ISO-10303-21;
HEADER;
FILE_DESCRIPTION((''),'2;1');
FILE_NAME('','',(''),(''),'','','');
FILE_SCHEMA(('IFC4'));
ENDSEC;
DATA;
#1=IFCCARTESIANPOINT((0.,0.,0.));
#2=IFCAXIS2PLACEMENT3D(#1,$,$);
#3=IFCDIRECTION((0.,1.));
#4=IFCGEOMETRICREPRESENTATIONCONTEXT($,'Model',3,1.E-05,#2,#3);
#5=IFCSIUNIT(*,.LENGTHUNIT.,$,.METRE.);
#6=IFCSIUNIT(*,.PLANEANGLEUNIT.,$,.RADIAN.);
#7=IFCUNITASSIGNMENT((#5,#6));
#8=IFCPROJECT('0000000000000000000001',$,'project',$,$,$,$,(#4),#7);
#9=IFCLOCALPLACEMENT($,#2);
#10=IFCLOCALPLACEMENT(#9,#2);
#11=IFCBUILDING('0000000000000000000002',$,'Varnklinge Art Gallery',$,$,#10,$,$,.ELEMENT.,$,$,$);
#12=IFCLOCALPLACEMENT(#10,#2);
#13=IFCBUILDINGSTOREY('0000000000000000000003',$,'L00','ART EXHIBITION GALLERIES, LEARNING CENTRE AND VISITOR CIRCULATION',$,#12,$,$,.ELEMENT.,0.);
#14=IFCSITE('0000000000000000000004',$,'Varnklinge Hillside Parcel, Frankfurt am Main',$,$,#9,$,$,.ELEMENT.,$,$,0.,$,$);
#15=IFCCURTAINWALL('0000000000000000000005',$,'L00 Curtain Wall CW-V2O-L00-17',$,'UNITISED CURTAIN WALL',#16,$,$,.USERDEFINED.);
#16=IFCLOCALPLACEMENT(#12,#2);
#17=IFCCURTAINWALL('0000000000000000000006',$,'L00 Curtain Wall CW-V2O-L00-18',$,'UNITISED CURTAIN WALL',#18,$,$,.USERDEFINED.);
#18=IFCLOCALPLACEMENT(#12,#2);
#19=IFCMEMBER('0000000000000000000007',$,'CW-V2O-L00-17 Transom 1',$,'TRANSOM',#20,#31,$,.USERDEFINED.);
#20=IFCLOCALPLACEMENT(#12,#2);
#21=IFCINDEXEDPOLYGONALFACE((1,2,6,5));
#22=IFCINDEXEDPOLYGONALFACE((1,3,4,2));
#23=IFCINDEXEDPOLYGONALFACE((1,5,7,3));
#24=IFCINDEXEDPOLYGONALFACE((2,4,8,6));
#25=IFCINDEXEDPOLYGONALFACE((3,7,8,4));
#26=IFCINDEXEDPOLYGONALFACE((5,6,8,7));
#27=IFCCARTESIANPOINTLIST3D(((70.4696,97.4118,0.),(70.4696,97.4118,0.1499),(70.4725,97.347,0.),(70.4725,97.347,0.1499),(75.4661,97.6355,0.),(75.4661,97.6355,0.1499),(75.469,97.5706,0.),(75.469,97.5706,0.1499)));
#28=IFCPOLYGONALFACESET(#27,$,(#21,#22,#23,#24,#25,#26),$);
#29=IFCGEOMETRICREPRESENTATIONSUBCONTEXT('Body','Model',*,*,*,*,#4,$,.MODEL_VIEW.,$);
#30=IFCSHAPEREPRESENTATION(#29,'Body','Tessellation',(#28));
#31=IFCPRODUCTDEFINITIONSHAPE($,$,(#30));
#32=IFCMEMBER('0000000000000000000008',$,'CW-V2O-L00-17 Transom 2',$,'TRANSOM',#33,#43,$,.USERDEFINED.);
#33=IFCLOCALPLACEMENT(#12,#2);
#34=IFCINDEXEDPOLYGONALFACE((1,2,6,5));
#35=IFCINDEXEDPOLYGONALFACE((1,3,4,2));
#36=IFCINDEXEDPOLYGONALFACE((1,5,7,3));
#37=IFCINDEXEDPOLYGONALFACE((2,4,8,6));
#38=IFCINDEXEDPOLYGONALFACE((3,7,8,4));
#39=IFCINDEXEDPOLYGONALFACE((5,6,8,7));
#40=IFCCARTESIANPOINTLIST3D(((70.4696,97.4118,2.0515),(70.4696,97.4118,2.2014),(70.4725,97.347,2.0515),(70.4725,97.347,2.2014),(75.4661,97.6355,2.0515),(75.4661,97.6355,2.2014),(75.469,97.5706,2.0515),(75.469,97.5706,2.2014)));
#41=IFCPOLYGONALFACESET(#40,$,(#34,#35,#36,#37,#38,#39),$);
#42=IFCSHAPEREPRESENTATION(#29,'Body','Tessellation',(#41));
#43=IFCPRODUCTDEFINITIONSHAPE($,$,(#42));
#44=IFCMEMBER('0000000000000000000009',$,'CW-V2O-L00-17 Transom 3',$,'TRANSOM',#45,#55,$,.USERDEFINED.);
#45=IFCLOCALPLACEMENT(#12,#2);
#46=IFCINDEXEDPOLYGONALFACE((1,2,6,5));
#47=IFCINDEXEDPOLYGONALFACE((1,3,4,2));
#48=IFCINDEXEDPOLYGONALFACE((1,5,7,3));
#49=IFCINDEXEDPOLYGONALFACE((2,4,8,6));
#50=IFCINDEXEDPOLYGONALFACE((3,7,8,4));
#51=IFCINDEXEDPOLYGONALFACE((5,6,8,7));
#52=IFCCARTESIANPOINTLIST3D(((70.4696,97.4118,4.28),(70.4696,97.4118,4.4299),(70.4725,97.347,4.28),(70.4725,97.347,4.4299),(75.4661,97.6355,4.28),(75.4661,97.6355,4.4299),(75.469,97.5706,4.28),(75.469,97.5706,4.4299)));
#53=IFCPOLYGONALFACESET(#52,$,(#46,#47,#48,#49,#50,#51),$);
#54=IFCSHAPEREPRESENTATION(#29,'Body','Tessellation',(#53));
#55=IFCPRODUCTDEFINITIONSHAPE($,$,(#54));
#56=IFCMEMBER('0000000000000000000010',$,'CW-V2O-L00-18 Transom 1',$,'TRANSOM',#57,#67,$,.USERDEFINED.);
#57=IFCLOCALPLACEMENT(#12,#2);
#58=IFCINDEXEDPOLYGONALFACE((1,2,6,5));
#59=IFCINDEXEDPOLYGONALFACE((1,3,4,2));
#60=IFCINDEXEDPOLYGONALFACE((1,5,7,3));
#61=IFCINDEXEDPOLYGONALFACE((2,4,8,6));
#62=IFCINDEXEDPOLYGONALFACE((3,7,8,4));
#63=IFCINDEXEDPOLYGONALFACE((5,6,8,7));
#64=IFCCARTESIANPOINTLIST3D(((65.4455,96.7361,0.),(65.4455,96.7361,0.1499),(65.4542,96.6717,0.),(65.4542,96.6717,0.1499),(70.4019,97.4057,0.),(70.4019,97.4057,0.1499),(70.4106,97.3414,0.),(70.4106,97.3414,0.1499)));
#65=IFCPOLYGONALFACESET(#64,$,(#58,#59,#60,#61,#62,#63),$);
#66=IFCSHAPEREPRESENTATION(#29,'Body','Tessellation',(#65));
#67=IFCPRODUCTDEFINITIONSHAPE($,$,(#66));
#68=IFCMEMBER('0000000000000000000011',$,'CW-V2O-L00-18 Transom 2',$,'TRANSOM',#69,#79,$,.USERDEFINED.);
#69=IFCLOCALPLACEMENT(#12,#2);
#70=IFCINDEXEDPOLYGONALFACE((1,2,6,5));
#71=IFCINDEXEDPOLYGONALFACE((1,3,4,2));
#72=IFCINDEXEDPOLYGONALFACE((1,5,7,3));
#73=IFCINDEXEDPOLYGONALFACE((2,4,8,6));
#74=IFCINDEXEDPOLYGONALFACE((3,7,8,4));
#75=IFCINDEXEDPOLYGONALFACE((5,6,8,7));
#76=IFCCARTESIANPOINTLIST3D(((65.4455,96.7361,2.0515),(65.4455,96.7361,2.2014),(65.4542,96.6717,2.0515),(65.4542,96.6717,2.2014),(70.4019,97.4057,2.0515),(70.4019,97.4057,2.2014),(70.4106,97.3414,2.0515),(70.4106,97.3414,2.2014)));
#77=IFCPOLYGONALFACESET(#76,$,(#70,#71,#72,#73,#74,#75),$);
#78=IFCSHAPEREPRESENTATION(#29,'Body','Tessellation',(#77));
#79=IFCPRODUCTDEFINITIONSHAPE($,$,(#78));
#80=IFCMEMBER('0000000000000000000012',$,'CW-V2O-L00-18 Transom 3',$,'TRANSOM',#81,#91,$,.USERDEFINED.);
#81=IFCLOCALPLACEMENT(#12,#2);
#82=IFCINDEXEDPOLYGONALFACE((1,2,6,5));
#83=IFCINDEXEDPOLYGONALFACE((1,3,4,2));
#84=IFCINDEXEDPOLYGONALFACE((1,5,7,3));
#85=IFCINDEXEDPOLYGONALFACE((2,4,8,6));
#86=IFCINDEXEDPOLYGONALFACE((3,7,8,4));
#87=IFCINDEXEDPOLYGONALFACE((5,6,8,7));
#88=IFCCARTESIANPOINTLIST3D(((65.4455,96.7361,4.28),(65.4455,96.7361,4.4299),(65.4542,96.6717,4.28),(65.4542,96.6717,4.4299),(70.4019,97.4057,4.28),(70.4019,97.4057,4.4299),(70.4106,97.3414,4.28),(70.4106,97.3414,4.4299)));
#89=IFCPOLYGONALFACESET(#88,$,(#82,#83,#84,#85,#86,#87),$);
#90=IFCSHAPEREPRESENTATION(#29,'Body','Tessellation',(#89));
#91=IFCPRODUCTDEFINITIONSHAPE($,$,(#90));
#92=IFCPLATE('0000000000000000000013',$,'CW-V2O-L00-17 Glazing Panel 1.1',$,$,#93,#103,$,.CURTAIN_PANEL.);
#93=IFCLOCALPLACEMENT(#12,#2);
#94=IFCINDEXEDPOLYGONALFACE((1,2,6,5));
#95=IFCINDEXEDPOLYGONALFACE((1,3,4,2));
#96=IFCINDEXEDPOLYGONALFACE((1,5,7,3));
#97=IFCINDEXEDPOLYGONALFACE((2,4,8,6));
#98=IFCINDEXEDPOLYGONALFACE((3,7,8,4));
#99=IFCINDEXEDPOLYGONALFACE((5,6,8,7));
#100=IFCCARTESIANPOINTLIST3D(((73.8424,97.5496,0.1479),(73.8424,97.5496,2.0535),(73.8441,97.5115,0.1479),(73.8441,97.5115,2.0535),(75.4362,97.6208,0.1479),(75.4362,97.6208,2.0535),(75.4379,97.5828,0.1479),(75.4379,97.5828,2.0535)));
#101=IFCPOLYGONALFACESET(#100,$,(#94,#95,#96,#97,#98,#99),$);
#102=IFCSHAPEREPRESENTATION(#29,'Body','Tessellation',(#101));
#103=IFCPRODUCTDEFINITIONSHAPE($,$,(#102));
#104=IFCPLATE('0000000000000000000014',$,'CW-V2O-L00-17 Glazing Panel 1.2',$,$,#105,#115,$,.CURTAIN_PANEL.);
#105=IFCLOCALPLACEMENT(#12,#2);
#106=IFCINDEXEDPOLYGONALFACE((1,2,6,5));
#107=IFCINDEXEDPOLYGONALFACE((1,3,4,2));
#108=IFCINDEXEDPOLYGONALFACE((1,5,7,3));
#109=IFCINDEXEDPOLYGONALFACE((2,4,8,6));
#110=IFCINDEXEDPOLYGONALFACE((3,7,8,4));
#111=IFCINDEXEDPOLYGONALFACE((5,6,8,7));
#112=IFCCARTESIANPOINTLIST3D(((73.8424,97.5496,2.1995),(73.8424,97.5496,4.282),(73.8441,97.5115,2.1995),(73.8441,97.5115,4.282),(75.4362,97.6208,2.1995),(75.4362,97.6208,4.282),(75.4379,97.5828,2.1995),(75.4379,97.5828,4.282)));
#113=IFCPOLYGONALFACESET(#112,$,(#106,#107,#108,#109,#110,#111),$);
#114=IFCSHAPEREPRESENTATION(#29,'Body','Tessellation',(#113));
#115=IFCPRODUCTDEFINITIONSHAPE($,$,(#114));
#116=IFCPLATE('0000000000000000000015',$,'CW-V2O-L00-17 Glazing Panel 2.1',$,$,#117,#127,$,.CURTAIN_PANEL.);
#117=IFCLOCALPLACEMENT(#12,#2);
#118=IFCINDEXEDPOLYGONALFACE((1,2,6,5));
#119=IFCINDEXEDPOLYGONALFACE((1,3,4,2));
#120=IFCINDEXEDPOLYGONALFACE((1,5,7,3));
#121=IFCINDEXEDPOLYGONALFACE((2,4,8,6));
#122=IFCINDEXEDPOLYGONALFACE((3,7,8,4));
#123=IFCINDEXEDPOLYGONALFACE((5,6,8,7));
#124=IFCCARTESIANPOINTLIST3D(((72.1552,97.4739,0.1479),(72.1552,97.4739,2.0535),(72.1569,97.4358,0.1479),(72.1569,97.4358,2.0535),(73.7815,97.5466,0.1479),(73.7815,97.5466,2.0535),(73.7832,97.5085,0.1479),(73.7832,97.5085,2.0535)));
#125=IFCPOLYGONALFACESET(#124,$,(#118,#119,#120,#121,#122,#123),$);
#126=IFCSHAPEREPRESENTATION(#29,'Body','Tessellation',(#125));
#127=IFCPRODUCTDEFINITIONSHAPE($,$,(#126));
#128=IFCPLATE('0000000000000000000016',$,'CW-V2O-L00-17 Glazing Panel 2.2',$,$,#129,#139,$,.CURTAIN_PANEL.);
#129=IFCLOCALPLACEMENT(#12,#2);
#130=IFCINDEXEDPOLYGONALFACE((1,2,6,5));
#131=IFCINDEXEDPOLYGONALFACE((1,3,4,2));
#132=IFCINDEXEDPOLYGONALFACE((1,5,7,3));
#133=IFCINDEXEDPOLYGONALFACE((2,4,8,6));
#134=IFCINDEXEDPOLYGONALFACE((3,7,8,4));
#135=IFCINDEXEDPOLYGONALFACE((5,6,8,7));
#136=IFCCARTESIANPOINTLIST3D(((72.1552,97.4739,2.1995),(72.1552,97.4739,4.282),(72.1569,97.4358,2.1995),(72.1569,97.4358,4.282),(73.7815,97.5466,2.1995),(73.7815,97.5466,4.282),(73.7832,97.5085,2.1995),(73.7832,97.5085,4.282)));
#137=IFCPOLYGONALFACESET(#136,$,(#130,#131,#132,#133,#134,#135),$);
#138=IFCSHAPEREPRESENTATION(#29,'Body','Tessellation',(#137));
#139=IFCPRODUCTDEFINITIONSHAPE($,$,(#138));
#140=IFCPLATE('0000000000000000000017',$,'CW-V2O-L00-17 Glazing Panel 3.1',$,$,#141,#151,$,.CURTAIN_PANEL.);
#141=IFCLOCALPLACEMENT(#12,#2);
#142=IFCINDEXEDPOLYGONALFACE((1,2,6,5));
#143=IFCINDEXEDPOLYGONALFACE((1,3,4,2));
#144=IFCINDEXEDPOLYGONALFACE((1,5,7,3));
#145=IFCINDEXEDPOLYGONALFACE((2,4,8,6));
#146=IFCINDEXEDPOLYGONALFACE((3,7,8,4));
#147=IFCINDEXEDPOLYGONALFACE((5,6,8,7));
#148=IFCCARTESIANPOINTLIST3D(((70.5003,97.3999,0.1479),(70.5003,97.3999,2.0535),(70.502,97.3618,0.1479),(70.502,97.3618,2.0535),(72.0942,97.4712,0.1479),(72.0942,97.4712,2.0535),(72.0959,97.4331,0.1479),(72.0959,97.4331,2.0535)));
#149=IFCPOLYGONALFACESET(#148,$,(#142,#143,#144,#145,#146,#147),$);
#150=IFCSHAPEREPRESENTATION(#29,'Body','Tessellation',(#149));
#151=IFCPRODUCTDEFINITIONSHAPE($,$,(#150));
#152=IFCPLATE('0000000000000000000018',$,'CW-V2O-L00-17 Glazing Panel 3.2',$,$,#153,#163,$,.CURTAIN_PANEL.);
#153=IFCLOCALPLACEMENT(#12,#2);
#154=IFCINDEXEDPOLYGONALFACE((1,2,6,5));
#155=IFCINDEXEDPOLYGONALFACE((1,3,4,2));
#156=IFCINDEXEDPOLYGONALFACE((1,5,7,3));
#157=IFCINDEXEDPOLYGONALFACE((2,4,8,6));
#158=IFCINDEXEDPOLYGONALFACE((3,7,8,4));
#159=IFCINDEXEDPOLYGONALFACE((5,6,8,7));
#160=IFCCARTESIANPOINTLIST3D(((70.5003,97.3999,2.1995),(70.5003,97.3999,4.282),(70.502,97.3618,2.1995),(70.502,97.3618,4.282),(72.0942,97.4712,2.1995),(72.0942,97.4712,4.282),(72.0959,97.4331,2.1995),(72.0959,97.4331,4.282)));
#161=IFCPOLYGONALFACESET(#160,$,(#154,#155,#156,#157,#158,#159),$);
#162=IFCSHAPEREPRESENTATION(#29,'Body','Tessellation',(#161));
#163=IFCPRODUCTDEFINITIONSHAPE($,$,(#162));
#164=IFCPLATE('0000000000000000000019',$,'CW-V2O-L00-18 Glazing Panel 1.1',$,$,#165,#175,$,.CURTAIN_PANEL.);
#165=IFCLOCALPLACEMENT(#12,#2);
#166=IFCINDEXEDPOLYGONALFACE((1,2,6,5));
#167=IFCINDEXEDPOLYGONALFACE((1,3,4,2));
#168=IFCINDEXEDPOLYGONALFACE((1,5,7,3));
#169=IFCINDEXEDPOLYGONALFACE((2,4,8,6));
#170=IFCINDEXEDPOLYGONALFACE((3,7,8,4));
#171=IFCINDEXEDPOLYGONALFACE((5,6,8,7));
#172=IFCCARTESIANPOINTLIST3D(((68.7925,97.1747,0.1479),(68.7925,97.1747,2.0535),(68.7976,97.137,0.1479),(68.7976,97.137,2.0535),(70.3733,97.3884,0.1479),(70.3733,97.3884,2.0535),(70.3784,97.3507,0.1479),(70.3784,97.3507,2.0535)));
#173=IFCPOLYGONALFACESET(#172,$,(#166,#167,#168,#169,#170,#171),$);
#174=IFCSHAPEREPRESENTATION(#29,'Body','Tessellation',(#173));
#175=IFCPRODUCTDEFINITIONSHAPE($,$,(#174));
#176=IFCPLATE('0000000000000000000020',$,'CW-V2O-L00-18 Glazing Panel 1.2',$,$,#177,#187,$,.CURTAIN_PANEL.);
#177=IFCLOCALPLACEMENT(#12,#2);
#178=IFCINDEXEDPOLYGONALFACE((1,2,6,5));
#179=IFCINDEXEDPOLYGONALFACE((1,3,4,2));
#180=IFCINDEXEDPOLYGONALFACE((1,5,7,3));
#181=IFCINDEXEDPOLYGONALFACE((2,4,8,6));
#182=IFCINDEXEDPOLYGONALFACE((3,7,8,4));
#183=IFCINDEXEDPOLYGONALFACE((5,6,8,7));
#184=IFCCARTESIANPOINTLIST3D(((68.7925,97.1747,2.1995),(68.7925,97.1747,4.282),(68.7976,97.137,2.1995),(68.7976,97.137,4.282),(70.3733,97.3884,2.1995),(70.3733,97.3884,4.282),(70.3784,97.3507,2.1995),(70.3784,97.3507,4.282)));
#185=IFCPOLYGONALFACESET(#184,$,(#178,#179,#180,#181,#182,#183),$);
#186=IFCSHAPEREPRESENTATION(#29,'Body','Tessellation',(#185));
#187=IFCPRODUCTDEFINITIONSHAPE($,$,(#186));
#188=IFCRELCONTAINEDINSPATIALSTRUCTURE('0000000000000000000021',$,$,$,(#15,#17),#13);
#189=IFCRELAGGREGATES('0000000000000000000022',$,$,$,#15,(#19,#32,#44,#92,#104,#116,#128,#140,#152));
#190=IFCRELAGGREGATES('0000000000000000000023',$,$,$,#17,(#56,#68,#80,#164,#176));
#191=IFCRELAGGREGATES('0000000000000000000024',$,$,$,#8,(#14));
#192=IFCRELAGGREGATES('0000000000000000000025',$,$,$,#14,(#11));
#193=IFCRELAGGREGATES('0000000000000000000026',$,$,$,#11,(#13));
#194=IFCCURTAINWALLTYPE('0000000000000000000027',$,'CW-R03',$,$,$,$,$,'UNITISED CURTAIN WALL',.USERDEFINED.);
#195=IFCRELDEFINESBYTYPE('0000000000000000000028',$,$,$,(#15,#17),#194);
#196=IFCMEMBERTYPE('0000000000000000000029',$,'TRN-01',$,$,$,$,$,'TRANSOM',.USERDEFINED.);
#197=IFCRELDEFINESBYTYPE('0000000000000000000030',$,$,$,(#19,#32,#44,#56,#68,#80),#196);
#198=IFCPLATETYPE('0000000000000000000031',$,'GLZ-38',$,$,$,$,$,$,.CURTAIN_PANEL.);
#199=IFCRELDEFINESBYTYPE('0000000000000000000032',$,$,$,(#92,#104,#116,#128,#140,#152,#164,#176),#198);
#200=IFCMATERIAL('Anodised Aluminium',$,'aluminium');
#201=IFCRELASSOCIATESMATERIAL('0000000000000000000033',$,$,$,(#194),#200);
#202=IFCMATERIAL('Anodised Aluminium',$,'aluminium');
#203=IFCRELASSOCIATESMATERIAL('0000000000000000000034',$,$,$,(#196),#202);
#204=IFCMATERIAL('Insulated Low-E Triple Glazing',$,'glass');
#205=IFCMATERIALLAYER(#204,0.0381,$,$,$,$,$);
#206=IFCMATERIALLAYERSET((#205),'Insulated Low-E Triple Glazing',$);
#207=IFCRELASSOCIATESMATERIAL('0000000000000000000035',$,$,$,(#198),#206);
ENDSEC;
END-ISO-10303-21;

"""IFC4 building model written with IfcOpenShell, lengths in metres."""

from ifc_helpers import new_model, si_unit, direction, frame, origin, origin_2d, place, context, subcontext, project, spatial, rectangle, extrude, material, layer, layer_set, material_profile, profile_set, type_object, element, aggregate, save


model = new_model("IFC4")

# Units and contexts
model_context = context("Model", 3, precision=1e-05, world=origin(), true_north=direction((0.0, 1.0)))
body_context = subcontext(model_context, "Body", "Model", "MODEL_VIEW")
ifc_project = project(units=[si_unit("LENGTHUNIT", "METRE"), si_unit("PLANEANGLEUNIT", "RADIAN")], contexts=[model_context])

# Site, building, storey
site_placement = place(None, origin())
site = spatial("IfcSite", under=ifc_project, at=site_placement, Name="Varnklinge Hillside Parcel, Frankfurt am Main", CompositionType="ELEMENT", RefElevation=0.0)
building_placement = place(site_placement, origin())
building = spatial("IfcBuilding", under=site, at=building_placement, Name="Varnklinge Art Gallery", CompositionType="ELEMENT")
storey_placement = place(building_placement, origin())
storey = spatial("IfcBuildingStorey", under=building, at=storey_placement, Name="L00", Description="ART EXHIBITION GALLERIES, LEARNING CENTRE AND VISITOR CIRCULATION", CompositionType="ELEMENT", Elevation=0.0)

# Shared definitions
ifc_material_1 = material(Name="Anodised Aluminium", Category="aluminium")
curtain_wall_type = type_object("IfcCurtainWallType", Name="CW-R03", ElementType="UNITISED CURTAIN WALL", PredefinedType="USERDEFINED", material=ifc_material_1)

# Curtain wall
curtain_wall_1_placement = place(storey_placement, origin())
curtain_wall_1 = element("IfcCurtainWall", 1, at=curtain_wall_1_placement, inside=storey, type_object=curtain_wall_type, Name="L00 Curtain Wall CW-V2O-L00-17", ObjectType="UNITISED CURTAIN WALL", PredefinedType="USERDEFINED")

# Curtain wall
curtain_wall_2_placement = place(storey_placement, origin())
curtain_wall_2 = element("IfcCurtainWall", 2, at=curtain_wall_2_placement, inside=storey, type_object=curtain_wall_type, Name="L00 Curtain Wall CW-V2O-L00-18", ObjectType="UNITISED CURTAIN WALL", PredefinedType="USERDEFINED")

# Members
ifc_material_2 = material(Name="Anodised Aluminium", Category="aluminium")
ifc_material_profile_1 = material_profile(ifc_material_2, rectangle(XDim=0.0649, YDim=0.1499, at=origin_2d()), Name="ALU 65x150")
ifc_profile_set_1 = profile_set([ifc_material_profile_1], Name="Anodised Aluminium")
member_type_1 = type_object("IfcMemberType", Name="TRN-01", ElementType="TRANSOM", PredefinedType="USERDEFINED", material=ifc_profile_set_1)
member_1_placement = place(storey_placement, frame((75.4675, 97.603, 0.075), z_axis=(-0.999, -0.044712, 0.0), x_axis=(0.044712, -0.999, 0.0)))
member_1 = element("IfcMember", 3, at=member_1_placement, type_object=member_type_1, Name="CW-V2O-L00-17 Transom 1", ObjectType="TRANSOM", PredefinedType="USERDEFINED", context=body_context, shape_type="SweptSolid", body=[
    extrude(rectangle(XDim=0.0649, YDim=0.1499, at=origin_2d()), origin(), (0.0, 0.0, 1.0), 5.0015),
])
member_2_placement = place(storey_placement, frame((75.4675, 97.603, 2.1265), z_axis=(-0.999, -0.044712, 0.0), x_axis=(0.044712, -0.999, 0.0)))
member_2 = element("IfcMember", 4, at=member_2_placement, type_object=member_type_1, Name="CW-V2O-L00-17 Transom 2", ObjectType="TRANSOM", PredefinedType="USERDEFINED", context=body_context, shape_type="SweptSolid", body=[
    extrude(rectangle(XDim=0.0649, YDim=0.1499, at=origin_2d()), origin(), (0.0, 0.0, 1.0), 5.0015),
])
member_3_placement = place(storey_placement, frame((75.4675, 97.603, 4.355), z_axis=(-0.999, -0.044712, 0.0), x_axis=(0.044712, -0.999, 0.0)))
member_3 = element("IfcMember", 5, at=member_3_placement, type_object=member_type_1, Name="CW-V2O-L00-17 Transom 3", ObjectType="TRANSOM", PredefinedType="USERDEFINED", context=body_context, shape_type="SweptSolid", body=[
    extrude(rectangle(XDim=0.0649, YDim=0.1499, at=origin_2d()), origin(), (0.0, 0.0, 1.0), 5.0015),
])
member_4_placement = place(storey_placement, frame((70.4062, 97.3735, 0.075), z_axis=(-0.990996, -0.133893, 0.0), x_axis=(0.133893, -0.990996, 0.0)))
member_4 = element("IfcMember", 6, at=member_4_placement, type_object=member_type_1, Name="CW-V2O-L00-18 Transom 1", ObjectType="TRANSOM", PredefinedType="USERDEFINED", context=body_context, shape_type="SweptSolid", body=[
    extrude(rectangle(XDim=0.0649, YDim=0.1499, at=origin_2d()), origin(), (0.0, 0.0, 1.0), 5.0015),
])
member_5_placement = place(storey_placement, frame((70.4062, 97.3735, 2.1265), z_axis=(-0.990996, -0.133893, 0.0), x_axis=(0.133893, -0.990996, 0.0)))
member_5 = element("IfcMember", 7, at=member_5_placement, type_object=member_type_1, Name="CW-V2O-L00-18 Transom 2", ObjectType="TRANSOM", PredefinedType="USERDEFINED", context=body_context, shape_type="SweptSolid", body=[
    extrude(rectangle(XDim=0.0649, YDim=0.1499, at=origin_2d()), origin(), (0.0, 0.0, 1.0), 5.0015),
])
member_6_placement = place(storey_placement, frame((70.4062, 97.3735, 4.355), z_axis=(-0.990996, -0.133893, 0.0), x_axis=(0.133893, -0.990996, 0.0)))
member_6 = element("IfcMember", 8, at=member_6_placement, type_object=member_type_1, Name="CW-V2O-L00-18 Transom 3", ObjectType="TRANSOM", PredefinedType="USERDEFINED", context=body_context, shape_type="SweptSolid", body=[
    extrude(rectangle(XDim=0.0649, YDim=0.1499, at=origin_2d()), origin(), (0.0, 0.0, 1.0), 5.0015),
])

# Plates
ifc_material_3 = material(Name="Insulated Low-E Triple Glazing", Category="glass")
ifc_layer = layer(ifc_material_3, 0.0381)
ifc_layer_set = layer_set([ifc_layer], Name="Insulated Low-E Triple Glazing")
plate_type = type_object("IfcPlateType", Name="GLZ-38", PredefinedType="CURTAIN_PANEL", material=ifc_layer_set)
plate_1_placement = place(storey_placement, frame((74.6401, 97.5662, 0.1479), z_axis=(0.0, 0.0, 1.0), x_axis=(-0.999002, -0.044666, 0.0)))
plate_1 = element("IfcPlate", 9, at=plate_1_placement, type_object=plate_type, Name="CW-V2O-L00-17 Glazing Panel 1.1", PredefinedType="CURTAIN_PANEL", context=body_context, shape_type="SweptSolid", body=[
    extrude(rectangle(XDim=1.5955, YDim=0.0381, at=origin_2d()), origin(), (0.0, 0.0, 1.0), 1.9055),
])
plate_2_placement = place(storey_placement, frame((74.6401, 97.5662, 2.1995), z_axis=(0.0, 0.0, 1.0), x_axis=(-0.999002, -0.044666, 0.0)))
plate_2 = element("IfcPlate", 10, at=plate_2_placement, type_object=plate_type, Name="CW-V2O-L00-17 Glazing Panel 1.2", PredefinedType="CURTAIN_PANEL", context=body_context, shape_type="SweptSolid", body=[
    extrude(rectangle(XDim=1.5955, YDim=0.0381, at=origin_2d()), origin(), (0.0, 0.0, 1.0), 2.0825),
])
plate_3_placement = place(storey_placement, frame((72.9692, 97.4912, 0.1479), z_axis=(0.0, 0.0, 1.0), x_axis=(-0.999002, -0.044666, 0.0)))
plate_3 = element("IfcPlate", 11, at=plate_3_placement, type_object=plate_type, Name="CW-V2O-L00-17 Glazing Panel 2.1", PredefinedType="CURTAIN_PANEL", context=body_context, shape_type="SweptSolid", body=[
    extrude(rectangle(XDim=1.6279, YDim=0.0381, at=origin_2d()), origin(), (0.0, 0.0, 1.0), 1.9055),
])
plate_4_placement = place(storey_placement, frame((72.9692, 97.4912, 2.1995), z_axis=(0.0, 0.0, 1.0), x_axis=(-0.999002, -0.044666, 0.0)))
plate_4 = element("IfcPlate", 12, at=plate_4_placement, type_object=plate_type, Name="CW-V2O-L00-17 Glazing Panel 2.2", PredefinedType="CURTAIN_PANEL", context=body_context, shape_type="SweptSolid", body=[
    extrude(rectangle(XDim=1.6279, YDim=0.0381, at=origin_2d()), origin(), (0.0, 0.0, 1.0), 2.0825),
])
plate_5_placement = place(storey_placement, frame((71.2981, 97.4165, 0.1479), z_axis=(0.0, 0.0, 1.0), x_axis=(-0.999002, -0.044666, 0.0)))
plate_5 = element("IfcPlate", 13, at=plate_5_placement, type_object=plate_type, Name="CW-V2O-L00-17 Glazing Panel 3.1", PredefinedType="CURTAIN_PANEL", context=body_context, shape_type="SweptSolid", body=[
    extrude(rectangle(XDim=1.5955, YDim=0.0381, at=origin_2d()), origin(), (0.0, 0.0, 1.0), 1.9055),
])
plate_6_placement = place(storey_placement, frame((71.2981, 97.4165, 2.1995), z_axis=(0.0, 0.0, 1.0), x_axis=(-0.999002, -0.044666, 0.0)))
plate_6 = element("IfcPlate", 14, at=plate_6_placement, type_object=plate_type, Name="CW-V2O-L00-17 Glazing Panel 3.2", PredefinedType="CURTAIN_PANEL", context=body_context, shape_type="SweptSolid", body=[
    extrude(rectangle(XDim=1.5955, YDim=0.0381, at=origin_2d()), origin(), (0.0, 0.0, 1.0), 2.0825),
])
aggregate(curtain_wall_1, [member_1, member_2, member_3, plate_1, plate_2, plate_3, plate_4, plate_5, plate_6])
plate_7_placement = place(storey_placement, frame((69.5854, 97.2627, 0.1479), z_axis=(0.0, 0.0, 1.0), x_axis=(-0.990983, -0.133986, 0.0)))
plate_7 = element("IfcPlate", 15, at=plate_7_placement, type_object=plate_type, Name="CW-V2O-L00-18 Glazing Panel 1.1", PredefinedType="CURTAIN_PANEL", context=body_context, shape_type="SweptSolid", body=[
    extrude(rectangle(XDim=1.5952, YDim=0.0381, at=origin_2d()), origin(), (0.0, 0.0, 1.0), 1.9055),
])
plate_8_placement = place(storey_placement, frame((69.5854, 97.2627, 2.1995), z_axis=(0.0, 0.0, 1.0), x_axis=(-0.990983, -0.133986, 0.0)))
plate_8 = element("IfcPlate", 16, at=plate_8_placement, type_object=plate_type, Name="CW-V2O-L00-18 Glazing Panel 1.2", PredefinedType="CURTAIN_PANEL", context=body_context, shape_type="SweptSolid", body=[
    extrude(rectangle(XDim=1.5952, YDim=0.0381, at=origin_2d()), origin(), (0.0, 0.0, 1.0), 2.0825),
])
aggregate(curtain_wall_2, [member_4, member_5, member_6, plate_7, plate_8])

save(model, "model.ifc")
